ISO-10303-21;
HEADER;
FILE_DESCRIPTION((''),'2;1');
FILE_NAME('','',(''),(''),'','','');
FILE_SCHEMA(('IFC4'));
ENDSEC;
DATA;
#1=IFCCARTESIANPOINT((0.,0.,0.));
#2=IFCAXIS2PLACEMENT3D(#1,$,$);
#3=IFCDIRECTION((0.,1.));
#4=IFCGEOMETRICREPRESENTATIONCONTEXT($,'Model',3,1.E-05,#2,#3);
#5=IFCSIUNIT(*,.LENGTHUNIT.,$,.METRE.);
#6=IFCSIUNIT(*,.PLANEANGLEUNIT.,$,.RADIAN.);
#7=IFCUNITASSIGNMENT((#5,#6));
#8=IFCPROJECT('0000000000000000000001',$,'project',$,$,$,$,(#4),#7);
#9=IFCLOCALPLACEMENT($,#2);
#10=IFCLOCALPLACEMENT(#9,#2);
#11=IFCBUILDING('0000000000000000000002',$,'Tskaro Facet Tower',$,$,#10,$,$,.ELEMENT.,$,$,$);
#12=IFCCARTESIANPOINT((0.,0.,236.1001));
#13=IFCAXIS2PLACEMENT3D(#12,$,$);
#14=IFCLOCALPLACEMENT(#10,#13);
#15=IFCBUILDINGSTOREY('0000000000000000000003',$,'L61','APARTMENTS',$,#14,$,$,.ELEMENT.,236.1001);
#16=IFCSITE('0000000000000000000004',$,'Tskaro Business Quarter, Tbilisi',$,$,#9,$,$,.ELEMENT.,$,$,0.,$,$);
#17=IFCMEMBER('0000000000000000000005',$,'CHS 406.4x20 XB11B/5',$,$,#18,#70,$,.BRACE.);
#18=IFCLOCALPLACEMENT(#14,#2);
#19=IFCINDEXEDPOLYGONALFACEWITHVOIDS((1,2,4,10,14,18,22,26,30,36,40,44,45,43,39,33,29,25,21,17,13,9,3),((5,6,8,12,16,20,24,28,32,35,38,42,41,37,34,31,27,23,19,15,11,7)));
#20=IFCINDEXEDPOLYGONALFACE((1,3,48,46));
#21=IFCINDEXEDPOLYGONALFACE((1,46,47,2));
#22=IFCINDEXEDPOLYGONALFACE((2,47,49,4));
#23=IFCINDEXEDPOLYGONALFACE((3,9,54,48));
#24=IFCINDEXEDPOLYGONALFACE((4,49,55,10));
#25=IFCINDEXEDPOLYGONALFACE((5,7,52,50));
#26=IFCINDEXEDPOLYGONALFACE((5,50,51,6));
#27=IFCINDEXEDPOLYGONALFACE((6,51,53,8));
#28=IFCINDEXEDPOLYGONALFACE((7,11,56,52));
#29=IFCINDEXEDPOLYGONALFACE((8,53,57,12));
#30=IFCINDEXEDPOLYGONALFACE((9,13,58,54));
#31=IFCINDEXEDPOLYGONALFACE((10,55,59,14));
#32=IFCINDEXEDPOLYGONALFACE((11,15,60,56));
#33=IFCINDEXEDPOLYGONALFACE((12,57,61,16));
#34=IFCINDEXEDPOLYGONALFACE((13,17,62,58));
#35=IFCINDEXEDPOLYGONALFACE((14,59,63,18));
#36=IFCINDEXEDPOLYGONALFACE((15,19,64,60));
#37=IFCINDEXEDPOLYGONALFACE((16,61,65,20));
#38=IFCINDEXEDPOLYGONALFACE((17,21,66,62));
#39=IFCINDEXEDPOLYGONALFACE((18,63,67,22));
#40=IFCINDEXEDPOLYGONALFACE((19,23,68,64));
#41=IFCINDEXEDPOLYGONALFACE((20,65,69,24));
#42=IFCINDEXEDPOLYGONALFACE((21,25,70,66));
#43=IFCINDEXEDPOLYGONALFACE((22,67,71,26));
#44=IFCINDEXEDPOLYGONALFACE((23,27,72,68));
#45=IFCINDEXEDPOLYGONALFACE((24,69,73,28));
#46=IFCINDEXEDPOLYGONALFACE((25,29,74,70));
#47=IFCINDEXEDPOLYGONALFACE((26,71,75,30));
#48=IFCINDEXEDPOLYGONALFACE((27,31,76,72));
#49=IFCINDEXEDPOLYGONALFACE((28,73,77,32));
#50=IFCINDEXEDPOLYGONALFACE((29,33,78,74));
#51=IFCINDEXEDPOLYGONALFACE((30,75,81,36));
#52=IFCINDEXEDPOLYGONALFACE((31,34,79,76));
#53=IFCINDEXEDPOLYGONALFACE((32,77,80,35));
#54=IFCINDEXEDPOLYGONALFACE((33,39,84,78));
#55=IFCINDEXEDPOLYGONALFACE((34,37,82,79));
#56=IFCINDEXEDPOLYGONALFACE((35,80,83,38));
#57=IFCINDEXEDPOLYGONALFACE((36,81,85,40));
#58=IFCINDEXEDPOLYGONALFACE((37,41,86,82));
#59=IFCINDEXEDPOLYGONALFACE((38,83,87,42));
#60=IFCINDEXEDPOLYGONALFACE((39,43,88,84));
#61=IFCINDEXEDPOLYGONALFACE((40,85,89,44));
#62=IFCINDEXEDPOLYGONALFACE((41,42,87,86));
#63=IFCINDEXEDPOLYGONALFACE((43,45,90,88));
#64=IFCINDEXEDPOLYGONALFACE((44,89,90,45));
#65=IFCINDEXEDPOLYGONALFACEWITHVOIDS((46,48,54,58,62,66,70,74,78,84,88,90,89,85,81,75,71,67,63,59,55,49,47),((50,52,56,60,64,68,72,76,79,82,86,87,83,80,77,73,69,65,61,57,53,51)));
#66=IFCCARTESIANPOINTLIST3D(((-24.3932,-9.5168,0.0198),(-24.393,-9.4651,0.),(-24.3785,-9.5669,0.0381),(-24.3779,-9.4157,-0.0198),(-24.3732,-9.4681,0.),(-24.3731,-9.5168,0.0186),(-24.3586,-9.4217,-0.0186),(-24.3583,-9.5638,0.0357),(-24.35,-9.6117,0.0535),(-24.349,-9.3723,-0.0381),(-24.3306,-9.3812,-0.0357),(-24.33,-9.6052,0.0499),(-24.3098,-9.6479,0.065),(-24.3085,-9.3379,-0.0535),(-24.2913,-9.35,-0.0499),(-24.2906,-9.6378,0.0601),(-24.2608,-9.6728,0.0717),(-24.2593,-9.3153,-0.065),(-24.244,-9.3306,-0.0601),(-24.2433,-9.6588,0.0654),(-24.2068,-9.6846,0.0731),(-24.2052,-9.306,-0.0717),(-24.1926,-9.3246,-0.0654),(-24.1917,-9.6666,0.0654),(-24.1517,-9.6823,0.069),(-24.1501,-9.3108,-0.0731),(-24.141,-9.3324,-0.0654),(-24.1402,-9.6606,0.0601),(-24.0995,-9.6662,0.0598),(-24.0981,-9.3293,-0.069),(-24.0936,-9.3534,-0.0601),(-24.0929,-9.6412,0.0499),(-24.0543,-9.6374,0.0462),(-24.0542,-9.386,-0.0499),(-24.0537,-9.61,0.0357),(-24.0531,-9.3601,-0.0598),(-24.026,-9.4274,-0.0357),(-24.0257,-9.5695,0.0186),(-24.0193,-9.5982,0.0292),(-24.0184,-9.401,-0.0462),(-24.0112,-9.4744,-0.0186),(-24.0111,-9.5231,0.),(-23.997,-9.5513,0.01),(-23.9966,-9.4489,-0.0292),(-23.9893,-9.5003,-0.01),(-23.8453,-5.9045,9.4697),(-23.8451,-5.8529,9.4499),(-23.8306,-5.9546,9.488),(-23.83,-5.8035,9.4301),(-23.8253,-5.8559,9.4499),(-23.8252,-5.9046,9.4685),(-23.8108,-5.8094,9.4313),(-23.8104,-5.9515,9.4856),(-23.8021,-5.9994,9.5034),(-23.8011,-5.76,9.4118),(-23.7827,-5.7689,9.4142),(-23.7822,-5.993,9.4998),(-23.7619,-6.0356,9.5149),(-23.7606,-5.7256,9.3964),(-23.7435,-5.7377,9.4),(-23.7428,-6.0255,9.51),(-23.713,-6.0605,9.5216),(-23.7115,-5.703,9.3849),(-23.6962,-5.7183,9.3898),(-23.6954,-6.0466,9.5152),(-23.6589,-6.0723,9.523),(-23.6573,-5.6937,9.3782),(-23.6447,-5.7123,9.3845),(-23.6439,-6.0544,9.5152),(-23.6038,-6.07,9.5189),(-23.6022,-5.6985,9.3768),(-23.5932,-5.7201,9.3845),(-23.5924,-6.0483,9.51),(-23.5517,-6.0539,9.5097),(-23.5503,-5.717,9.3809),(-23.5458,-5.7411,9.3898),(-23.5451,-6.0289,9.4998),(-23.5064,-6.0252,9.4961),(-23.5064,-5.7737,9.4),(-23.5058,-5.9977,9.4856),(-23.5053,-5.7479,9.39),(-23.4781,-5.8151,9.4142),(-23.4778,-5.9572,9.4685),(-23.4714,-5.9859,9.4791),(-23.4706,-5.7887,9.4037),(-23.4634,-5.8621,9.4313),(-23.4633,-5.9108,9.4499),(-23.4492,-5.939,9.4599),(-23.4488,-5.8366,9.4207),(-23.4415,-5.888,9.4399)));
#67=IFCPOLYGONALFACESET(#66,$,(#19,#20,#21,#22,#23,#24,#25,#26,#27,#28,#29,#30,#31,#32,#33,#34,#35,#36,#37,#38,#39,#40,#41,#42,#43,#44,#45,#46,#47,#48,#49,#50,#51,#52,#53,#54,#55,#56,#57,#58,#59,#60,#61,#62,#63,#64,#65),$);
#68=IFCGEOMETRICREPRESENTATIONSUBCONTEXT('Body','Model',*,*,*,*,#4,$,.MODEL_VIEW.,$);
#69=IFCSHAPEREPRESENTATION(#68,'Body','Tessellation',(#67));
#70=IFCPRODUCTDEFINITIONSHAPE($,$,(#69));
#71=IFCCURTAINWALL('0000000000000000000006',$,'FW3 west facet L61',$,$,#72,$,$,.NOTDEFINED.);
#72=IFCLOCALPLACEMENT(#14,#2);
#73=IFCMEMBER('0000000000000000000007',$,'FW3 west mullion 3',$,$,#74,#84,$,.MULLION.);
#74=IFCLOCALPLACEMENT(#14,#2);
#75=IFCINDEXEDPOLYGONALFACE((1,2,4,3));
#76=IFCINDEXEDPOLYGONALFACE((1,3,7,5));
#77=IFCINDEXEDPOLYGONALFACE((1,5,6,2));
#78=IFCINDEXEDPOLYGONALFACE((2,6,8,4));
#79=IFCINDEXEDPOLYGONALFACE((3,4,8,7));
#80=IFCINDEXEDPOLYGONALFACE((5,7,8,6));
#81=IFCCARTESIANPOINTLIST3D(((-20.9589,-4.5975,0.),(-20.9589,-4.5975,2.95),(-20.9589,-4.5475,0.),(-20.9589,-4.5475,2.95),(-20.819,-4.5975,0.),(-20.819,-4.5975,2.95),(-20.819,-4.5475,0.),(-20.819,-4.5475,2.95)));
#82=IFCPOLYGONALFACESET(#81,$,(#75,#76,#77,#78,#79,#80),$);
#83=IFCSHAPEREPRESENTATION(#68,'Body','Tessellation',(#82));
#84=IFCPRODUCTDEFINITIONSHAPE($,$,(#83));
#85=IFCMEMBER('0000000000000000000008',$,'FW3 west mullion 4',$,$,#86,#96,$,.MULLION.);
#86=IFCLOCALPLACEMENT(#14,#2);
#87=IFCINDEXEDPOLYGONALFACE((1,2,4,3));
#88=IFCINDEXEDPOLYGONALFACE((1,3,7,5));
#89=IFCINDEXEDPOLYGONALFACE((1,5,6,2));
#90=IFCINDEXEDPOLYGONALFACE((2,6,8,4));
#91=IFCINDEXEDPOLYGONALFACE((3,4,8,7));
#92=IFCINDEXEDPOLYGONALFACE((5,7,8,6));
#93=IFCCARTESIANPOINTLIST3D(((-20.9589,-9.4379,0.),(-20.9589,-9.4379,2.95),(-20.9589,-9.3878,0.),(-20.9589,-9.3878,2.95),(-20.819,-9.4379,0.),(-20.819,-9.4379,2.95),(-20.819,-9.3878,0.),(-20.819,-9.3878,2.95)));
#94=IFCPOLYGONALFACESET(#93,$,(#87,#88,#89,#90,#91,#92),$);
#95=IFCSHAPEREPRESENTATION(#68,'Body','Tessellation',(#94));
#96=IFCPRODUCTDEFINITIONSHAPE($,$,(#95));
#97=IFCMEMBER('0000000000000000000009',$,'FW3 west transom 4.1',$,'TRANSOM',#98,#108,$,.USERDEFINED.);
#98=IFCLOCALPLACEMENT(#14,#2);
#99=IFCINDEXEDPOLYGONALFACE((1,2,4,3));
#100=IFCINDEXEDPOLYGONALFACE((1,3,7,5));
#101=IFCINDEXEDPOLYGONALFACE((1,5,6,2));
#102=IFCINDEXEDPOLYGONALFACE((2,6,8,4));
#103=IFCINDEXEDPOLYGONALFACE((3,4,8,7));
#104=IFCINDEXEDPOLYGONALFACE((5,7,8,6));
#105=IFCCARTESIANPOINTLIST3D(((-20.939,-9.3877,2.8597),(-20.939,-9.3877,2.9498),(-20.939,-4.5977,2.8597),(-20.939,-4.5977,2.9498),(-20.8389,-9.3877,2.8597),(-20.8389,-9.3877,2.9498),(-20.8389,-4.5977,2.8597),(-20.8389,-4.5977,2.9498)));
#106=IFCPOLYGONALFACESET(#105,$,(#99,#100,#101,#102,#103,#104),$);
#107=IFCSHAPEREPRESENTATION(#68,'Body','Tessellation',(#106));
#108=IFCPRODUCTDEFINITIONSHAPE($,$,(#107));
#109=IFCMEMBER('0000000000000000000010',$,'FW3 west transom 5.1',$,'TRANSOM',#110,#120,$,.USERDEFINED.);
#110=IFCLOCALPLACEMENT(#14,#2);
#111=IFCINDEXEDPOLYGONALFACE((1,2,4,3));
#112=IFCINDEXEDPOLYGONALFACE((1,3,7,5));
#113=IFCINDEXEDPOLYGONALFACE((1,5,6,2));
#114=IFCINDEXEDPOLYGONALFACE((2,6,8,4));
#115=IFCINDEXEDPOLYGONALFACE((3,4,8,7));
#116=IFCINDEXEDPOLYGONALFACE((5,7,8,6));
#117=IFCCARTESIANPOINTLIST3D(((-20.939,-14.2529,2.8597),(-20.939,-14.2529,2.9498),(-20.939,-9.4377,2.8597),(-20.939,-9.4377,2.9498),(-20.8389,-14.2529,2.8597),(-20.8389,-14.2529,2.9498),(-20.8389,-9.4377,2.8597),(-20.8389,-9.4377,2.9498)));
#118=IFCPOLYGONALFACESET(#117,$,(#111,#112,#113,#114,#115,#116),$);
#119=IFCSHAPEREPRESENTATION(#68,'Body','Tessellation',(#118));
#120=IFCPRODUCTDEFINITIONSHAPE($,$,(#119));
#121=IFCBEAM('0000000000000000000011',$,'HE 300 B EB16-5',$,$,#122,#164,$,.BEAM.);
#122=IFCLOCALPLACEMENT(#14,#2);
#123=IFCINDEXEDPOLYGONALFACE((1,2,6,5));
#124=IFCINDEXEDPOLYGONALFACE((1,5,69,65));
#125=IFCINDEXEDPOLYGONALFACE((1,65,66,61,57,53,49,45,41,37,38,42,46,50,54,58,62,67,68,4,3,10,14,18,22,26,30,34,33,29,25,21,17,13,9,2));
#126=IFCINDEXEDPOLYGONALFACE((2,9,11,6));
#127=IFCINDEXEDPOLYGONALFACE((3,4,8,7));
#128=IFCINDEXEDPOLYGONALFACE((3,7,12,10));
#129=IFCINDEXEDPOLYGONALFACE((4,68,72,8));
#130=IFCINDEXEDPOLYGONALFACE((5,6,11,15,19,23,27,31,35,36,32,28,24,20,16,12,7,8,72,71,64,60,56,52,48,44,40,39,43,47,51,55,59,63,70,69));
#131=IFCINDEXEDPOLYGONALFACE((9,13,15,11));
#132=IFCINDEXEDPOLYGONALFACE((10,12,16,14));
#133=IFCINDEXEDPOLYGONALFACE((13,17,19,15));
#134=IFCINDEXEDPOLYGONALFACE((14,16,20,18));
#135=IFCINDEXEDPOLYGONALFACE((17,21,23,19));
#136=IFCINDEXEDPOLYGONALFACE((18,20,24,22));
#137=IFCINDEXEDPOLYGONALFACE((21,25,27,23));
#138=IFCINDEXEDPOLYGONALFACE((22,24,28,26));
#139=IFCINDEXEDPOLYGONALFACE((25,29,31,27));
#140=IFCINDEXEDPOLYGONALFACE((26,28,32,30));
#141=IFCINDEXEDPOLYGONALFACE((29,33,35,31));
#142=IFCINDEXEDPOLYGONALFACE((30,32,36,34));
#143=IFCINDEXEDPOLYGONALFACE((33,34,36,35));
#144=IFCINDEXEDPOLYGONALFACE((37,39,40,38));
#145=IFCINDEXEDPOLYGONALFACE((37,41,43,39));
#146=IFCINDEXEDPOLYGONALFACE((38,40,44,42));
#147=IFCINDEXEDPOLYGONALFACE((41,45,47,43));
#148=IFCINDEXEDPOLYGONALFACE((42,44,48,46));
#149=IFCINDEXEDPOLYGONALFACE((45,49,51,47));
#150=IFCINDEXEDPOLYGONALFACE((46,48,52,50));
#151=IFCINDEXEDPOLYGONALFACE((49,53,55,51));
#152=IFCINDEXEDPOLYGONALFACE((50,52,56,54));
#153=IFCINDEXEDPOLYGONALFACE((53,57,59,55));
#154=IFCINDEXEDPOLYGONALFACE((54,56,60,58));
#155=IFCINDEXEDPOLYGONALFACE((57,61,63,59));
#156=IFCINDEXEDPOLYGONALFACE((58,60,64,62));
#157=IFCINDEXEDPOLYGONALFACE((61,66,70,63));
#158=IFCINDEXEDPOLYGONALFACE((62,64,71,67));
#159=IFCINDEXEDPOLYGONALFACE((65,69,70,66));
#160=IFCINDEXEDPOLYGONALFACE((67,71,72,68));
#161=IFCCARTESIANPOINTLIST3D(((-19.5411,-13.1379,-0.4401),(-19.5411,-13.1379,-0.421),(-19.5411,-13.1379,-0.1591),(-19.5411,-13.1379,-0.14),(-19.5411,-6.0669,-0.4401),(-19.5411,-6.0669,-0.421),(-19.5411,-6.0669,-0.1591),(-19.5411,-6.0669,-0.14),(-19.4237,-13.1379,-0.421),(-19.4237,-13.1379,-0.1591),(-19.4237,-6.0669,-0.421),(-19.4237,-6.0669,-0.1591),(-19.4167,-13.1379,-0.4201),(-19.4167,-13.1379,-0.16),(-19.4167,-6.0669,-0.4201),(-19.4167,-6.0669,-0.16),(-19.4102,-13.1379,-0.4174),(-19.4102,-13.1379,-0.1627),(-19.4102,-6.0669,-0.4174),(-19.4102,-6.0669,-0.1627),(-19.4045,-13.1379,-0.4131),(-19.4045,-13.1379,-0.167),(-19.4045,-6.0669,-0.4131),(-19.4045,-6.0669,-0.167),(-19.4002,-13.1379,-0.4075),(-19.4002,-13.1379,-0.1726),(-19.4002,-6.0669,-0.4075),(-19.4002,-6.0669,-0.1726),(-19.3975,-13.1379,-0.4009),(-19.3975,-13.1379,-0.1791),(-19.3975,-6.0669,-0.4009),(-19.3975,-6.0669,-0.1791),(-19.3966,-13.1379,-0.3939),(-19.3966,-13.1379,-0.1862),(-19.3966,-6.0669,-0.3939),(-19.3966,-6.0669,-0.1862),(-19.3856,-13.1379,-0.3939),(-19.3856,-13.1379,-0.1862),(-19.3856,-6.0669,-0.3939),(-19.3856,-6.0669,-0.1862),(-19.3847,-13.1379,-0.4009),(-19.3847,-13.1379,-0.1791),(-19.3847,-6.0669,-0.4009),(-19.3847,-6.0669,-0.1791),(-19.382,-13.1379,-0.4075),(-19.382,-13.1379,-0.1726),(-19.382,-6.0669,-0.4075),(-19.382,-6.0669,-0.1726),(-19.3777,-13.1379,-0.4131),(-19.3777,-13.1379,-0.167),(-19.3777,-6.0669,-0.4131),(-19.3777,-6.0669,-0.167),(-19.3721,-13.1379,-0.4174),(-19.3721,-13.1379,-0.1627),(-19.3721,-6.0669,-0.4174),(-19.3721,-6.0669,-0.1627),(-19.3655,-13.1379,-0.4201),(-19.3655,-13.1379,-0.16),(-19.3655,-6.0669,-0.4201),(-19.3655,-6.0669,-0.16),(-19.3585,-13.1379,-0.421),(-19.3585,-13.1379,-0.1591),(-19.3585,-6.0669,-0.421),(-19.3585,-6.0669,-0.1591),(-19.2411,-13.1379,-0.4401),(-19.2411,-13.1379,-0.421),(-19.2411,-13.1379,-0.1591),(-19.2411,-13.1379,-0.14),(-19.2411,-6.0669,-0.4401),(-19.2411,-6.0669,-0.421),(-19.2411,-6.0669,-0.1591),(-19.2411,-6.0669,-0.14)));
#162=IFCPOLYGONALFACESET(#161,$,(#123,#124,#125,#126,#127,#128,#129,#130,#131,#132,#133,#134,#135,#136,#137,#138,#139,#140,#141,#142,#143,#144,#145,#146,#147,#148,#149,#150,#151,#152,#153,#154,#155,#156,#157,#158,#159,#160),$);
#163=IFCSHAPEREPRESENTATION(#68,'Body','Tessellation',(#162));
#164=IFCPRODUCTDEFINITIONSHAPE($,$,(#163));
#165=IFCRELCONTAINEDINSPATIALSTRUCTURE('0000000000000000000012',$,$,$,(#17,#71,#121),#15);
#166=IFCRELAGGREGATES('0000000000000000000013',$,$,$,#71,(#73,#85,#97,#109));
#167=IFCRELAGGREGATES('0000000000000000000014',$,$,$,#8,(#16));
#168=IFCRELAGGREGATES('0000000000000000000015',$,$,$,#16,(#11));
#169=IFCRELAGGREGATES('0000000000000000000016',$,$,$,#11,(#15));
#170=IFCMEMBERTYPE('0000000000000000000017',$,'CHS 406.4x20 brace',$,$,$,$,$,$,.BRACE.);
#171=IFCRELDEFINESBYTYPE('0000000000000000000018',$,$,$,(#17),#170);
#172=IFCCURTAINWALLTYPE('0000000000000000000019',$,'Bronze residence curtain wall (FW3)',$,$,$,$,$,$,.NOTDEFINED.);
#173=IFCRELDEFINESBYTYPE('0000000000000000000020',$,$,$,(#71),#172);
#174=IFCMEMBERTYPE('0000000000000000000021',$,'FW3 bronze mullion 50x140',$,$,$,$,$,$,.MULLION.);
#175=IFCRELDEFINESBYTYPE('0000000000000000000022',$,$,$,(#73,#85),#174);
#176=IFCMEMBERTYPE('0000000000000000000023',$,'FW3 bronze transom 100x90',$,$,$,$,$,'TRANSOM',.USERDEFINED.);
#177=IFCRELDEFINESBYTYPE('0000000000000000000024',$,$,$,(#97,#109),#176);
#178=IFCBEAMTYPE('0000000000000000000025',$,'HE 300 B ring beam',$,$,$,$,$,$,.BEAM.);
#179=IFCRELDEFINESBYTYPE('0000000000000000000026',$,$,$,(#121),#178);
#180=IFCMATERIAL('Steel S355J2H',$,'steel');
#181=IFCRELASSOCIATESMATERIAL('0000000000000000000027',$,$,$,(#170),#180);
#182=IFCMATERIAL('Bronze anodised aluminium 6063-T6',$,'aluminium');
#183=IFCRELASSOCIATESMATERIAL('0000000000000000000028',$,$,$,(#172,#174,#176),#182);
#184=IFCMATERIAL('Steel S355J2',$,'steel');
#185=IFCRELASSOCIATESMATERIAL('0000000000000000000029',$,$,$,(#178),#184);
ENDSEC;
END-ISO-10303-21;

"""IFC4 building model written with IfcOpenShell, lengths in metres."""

from ifc_helpers import new_model, si_unit, direction, frame, origin, origin_2d, place, context, subcontext, project, spatial, rectangle, hollow_circle, i_section, extrude, material, material_profile, profile_set, type_object, element, aggregate, save


model = new_model("IFC4")

# Units and contexts
model_context = context("Model", 3, precision=1e-05, world=origin(), true_north=direction((0.0, 1.0)))
body_context = subcontext(model_context, "Body", "Model", "MODEL_VIEW")
ifc_project = project(units=[si_unit("LENGTHUNIT", "METRE"), si_unit("PLANEANGLEUNIT", "RADIAN")], contexts=[model_context])

# Site, building, storey
site_placement = place(None, origin())
site = spatial("IfcSite", under=ifc_project, at=site_placement, Name="Tskaro Business Quarter, Tbilisi", CompositionType="ELEMENT", RefElevation=0.0)
building_placement = place(site_placement, origin())
building = spatial("IfcBuilding", under=site, at=building_placement, Name="Tskaro Facet Tower", CompositionType="ELEMENT")
storey_placement = place(building_placement, frame((0.0, 0.0, 236.1001)))
storey = spatial("IfcBuildingStorey", under=building, at=storey_placement, Name="L61", Description="APARTMENTS", CompositionType="ELEMENT", Elevation=236.1001)

# Shared definitions
ifc_material_1 = material(Name="Steel S355J2", Category="steel")
ifc_material_2 = material(Name="Steel S355J2H", Category="steel")

# Member
ifc_material_profile_1 = material_profile(ifc_material_2, hollow_circle(Radius=0.2031, WallThickness=0.02, at=origin_2d()), Name="CHS 406.4x20")
ifc_profile_set_1 = profile_set([ifc_material_profile_1], Name="Steel S355J2H")
member_type_1 = type_object("IfcMemberType", Name="CHS 406.4x20 brace", PredefinedType="BRACE", material=ifc_profile_set_1)
member_1_placement = place(storey_placement, frame((-24.1921, -9.4956, 0.0), z_axis=(0.054073, 0.356536, 0.932715), x_axis=(-0.988694, 0.149948, 0.0)))
element("IfcMember", 1, at=member_1_placement, inside=storey, type_object=member_type_1, Name="CHS 406.4x20 XB11B/5", PredefinedType="BRACE", context=body_context, shape_type="SweptSolid", body=[
    extrude(hollow_circle(Radius=0.2031, WallThickness=0.02, at=origin_2d()), origin(), (0.0, 0.0, 1.0), 10.1316),
])

# Curtain wall, members
ifc_material_3 = material(Name="Bronze anodised aluminium 6063-T6", Category="aluminium")
curtain_wall_type = type_object("IfcCurtainWallType", Name="Bronze residence curtain wall (FW3)", PredefinedType="NOTDEFINED", material=ifc_material_3)
curtain_wall_placement = place(storey_placement, origin())
curtain_wall = element("IfcCurtainWall", 2, at=curtain_wall_placement, inside=storey, type_object=curtain_wall_type, Name="FW3 west facet L61", PredefinedType="NOTDEFINED")
ifc_material_profile_2 = material_profile(ifc_material_3, rectangle(XDim=0.05, YDim=0.1399, at=origin_2d()), Name="Mullion 50x140")
ifc_profile_set_2 = profile_set([ifc_material_profile_2], Name="Bronze anodised aluminium 6063-T6")
member_type_2 = type_object("IfcMemberType", Name="FW3 bronze mullion 50x140", PredefinedType="MULLION", material=ifc_profile_set_2)
member_2_placement = place(storey_placement, frame((-20.8889, -4.5725, 0.0), z_axis=(0.0, 0.0, 1.0), x_axis=(0.0, -1.0, 0.0)))
member_2 = element("IfcMember", 3, at=member_2_placement, type_object=member_type_2, Name="FW3 west mullion 3", PredefinedType="MULLION", context=body_context, shape_type="SweptSolid", body=[
    extrude(rectangle(XDim=0.05, YDim=0.1399, at=origin_2d()), origin(), (0.0, 0.0, 1.0), 2.95),
])
member_3_placement = place(storey_placement, frame((-20.8889, -9.4128, 0.0), z_axis=(0.0, 0.0, 1.0), x_axis=(0.0, -1.0, 0.0)))
member_3 = element("IfcMember", 4, at=member_3_placement, type_object=member_type_2, Name="FW3 west mullion 4", PredefinedType="MULLION", context=body_context, shape_type="SweptSolid", body=[
    extrude(rectangle(XDim=0.05, YDim=0.1399, at=origin_2d()), origin(), (0.0, 0.0, 1.0), 2.95),
])
ifc_material_profile_3 = material_profile(ifc_material_3, rectangle(XDim=0.1001, YDim=0.0901, at=origin_2d()), Name="Transom 100x90")
ifc_profile_set_3 = profile_set([ifc_material_profile_3], Name="Bronze anodised aluminium 6063-T6")
member_type_3 = type_object("IfcMemberType", Name="FW3 bronze transom 100x90", ElementType="TRANSOM", PredefinedType="USERDEFINED", material=ifc_profile_set_3)
member_4_placement = place(storey_placement, frame((-20.8889, -4.5977, 2.9048), z_axis=(0.0, -1.0, 0.0), x_axis=(1.0, 0.0, 0.0)))
member_4 = element("IfcMember", 5, at=member_4_placement, type_object=member_type_3, Name="FW3 west transom 4.1", ObjectType="TRANSOM", PredefinedType="USERDEFINED", context=body_context, shape_type="SweptSolid", body=[
    extrude(rectangle(XDim=0.1001, YDim=0.0901, at=origin_2d()), origin(), (0.0, 0.0, 1.0), 4.79),
])
member_5_placement = place(storey_placement, frame((-20.8889, -9.4377, 2.9048), z_axis=(0.0, -1.0, 0.0), x_axis=(1.0, 0.0, 0.0)))
member_5 = element("IfcMember", 6, at=member_5_placement, type_object=member_type_3, Name="FW3 west transom 5.1", ObjectType="TRANSOM", PredefinedType="USERDEFINED", context=body_context, shape_type="SweptSolid", body=[
    extrude(rectangle(XDim=0.1001, YDim=0.0901, at=origin_2d()), origin(), (0.0, 0.0, 1.0), 4.8152),
])

# Beam
ifc_material_profile_4 = material_profile(ifc_material_1, i_section(OverallWidth=0.3, OverallDepth=0.3, WebThickness=0.011, FlangeThickness=0.019, FilletRadius=0.0271, at=origin_2d()), Name="HE 300 B")
ifc_profile_set_4 = profile_set([ifc_material_profile_4], Name="Steel S355J2")
beam_type_1 = type_object("IfcBeamType", Name="HE 300 B ring beam", PredefinedType="BEAM", material=ifc_profile_set_4)
beam_1_placement = place(storey_placement, frame((-19.3911, -6.0669, -0.29), z_axis=(0.0, -1.0, 0.0), x_axis=(1.0, 0.0, 0.0)))
element("IfcBeam", 7, at=beam_1_placement, inside=storey, type_object=beam_type_1, Name="HE 300 B EB16-5", PredefinedType="BEAM", context=body_context, shape_type="SweptSolid", body=[
    extrude(i_section(OverallWidth=0.3, OverallDepth=0.3, WebThickness=0.011, FlangeThickness=0.019, FilletRadius=0.0271, at=origin_2d()), origin(), (0.0, 0.0, 1.0), 7.071),
])

aggregate(curtain_wall, [member_2, member_3, member_4, member_5])

save(model, "model.ifc")
